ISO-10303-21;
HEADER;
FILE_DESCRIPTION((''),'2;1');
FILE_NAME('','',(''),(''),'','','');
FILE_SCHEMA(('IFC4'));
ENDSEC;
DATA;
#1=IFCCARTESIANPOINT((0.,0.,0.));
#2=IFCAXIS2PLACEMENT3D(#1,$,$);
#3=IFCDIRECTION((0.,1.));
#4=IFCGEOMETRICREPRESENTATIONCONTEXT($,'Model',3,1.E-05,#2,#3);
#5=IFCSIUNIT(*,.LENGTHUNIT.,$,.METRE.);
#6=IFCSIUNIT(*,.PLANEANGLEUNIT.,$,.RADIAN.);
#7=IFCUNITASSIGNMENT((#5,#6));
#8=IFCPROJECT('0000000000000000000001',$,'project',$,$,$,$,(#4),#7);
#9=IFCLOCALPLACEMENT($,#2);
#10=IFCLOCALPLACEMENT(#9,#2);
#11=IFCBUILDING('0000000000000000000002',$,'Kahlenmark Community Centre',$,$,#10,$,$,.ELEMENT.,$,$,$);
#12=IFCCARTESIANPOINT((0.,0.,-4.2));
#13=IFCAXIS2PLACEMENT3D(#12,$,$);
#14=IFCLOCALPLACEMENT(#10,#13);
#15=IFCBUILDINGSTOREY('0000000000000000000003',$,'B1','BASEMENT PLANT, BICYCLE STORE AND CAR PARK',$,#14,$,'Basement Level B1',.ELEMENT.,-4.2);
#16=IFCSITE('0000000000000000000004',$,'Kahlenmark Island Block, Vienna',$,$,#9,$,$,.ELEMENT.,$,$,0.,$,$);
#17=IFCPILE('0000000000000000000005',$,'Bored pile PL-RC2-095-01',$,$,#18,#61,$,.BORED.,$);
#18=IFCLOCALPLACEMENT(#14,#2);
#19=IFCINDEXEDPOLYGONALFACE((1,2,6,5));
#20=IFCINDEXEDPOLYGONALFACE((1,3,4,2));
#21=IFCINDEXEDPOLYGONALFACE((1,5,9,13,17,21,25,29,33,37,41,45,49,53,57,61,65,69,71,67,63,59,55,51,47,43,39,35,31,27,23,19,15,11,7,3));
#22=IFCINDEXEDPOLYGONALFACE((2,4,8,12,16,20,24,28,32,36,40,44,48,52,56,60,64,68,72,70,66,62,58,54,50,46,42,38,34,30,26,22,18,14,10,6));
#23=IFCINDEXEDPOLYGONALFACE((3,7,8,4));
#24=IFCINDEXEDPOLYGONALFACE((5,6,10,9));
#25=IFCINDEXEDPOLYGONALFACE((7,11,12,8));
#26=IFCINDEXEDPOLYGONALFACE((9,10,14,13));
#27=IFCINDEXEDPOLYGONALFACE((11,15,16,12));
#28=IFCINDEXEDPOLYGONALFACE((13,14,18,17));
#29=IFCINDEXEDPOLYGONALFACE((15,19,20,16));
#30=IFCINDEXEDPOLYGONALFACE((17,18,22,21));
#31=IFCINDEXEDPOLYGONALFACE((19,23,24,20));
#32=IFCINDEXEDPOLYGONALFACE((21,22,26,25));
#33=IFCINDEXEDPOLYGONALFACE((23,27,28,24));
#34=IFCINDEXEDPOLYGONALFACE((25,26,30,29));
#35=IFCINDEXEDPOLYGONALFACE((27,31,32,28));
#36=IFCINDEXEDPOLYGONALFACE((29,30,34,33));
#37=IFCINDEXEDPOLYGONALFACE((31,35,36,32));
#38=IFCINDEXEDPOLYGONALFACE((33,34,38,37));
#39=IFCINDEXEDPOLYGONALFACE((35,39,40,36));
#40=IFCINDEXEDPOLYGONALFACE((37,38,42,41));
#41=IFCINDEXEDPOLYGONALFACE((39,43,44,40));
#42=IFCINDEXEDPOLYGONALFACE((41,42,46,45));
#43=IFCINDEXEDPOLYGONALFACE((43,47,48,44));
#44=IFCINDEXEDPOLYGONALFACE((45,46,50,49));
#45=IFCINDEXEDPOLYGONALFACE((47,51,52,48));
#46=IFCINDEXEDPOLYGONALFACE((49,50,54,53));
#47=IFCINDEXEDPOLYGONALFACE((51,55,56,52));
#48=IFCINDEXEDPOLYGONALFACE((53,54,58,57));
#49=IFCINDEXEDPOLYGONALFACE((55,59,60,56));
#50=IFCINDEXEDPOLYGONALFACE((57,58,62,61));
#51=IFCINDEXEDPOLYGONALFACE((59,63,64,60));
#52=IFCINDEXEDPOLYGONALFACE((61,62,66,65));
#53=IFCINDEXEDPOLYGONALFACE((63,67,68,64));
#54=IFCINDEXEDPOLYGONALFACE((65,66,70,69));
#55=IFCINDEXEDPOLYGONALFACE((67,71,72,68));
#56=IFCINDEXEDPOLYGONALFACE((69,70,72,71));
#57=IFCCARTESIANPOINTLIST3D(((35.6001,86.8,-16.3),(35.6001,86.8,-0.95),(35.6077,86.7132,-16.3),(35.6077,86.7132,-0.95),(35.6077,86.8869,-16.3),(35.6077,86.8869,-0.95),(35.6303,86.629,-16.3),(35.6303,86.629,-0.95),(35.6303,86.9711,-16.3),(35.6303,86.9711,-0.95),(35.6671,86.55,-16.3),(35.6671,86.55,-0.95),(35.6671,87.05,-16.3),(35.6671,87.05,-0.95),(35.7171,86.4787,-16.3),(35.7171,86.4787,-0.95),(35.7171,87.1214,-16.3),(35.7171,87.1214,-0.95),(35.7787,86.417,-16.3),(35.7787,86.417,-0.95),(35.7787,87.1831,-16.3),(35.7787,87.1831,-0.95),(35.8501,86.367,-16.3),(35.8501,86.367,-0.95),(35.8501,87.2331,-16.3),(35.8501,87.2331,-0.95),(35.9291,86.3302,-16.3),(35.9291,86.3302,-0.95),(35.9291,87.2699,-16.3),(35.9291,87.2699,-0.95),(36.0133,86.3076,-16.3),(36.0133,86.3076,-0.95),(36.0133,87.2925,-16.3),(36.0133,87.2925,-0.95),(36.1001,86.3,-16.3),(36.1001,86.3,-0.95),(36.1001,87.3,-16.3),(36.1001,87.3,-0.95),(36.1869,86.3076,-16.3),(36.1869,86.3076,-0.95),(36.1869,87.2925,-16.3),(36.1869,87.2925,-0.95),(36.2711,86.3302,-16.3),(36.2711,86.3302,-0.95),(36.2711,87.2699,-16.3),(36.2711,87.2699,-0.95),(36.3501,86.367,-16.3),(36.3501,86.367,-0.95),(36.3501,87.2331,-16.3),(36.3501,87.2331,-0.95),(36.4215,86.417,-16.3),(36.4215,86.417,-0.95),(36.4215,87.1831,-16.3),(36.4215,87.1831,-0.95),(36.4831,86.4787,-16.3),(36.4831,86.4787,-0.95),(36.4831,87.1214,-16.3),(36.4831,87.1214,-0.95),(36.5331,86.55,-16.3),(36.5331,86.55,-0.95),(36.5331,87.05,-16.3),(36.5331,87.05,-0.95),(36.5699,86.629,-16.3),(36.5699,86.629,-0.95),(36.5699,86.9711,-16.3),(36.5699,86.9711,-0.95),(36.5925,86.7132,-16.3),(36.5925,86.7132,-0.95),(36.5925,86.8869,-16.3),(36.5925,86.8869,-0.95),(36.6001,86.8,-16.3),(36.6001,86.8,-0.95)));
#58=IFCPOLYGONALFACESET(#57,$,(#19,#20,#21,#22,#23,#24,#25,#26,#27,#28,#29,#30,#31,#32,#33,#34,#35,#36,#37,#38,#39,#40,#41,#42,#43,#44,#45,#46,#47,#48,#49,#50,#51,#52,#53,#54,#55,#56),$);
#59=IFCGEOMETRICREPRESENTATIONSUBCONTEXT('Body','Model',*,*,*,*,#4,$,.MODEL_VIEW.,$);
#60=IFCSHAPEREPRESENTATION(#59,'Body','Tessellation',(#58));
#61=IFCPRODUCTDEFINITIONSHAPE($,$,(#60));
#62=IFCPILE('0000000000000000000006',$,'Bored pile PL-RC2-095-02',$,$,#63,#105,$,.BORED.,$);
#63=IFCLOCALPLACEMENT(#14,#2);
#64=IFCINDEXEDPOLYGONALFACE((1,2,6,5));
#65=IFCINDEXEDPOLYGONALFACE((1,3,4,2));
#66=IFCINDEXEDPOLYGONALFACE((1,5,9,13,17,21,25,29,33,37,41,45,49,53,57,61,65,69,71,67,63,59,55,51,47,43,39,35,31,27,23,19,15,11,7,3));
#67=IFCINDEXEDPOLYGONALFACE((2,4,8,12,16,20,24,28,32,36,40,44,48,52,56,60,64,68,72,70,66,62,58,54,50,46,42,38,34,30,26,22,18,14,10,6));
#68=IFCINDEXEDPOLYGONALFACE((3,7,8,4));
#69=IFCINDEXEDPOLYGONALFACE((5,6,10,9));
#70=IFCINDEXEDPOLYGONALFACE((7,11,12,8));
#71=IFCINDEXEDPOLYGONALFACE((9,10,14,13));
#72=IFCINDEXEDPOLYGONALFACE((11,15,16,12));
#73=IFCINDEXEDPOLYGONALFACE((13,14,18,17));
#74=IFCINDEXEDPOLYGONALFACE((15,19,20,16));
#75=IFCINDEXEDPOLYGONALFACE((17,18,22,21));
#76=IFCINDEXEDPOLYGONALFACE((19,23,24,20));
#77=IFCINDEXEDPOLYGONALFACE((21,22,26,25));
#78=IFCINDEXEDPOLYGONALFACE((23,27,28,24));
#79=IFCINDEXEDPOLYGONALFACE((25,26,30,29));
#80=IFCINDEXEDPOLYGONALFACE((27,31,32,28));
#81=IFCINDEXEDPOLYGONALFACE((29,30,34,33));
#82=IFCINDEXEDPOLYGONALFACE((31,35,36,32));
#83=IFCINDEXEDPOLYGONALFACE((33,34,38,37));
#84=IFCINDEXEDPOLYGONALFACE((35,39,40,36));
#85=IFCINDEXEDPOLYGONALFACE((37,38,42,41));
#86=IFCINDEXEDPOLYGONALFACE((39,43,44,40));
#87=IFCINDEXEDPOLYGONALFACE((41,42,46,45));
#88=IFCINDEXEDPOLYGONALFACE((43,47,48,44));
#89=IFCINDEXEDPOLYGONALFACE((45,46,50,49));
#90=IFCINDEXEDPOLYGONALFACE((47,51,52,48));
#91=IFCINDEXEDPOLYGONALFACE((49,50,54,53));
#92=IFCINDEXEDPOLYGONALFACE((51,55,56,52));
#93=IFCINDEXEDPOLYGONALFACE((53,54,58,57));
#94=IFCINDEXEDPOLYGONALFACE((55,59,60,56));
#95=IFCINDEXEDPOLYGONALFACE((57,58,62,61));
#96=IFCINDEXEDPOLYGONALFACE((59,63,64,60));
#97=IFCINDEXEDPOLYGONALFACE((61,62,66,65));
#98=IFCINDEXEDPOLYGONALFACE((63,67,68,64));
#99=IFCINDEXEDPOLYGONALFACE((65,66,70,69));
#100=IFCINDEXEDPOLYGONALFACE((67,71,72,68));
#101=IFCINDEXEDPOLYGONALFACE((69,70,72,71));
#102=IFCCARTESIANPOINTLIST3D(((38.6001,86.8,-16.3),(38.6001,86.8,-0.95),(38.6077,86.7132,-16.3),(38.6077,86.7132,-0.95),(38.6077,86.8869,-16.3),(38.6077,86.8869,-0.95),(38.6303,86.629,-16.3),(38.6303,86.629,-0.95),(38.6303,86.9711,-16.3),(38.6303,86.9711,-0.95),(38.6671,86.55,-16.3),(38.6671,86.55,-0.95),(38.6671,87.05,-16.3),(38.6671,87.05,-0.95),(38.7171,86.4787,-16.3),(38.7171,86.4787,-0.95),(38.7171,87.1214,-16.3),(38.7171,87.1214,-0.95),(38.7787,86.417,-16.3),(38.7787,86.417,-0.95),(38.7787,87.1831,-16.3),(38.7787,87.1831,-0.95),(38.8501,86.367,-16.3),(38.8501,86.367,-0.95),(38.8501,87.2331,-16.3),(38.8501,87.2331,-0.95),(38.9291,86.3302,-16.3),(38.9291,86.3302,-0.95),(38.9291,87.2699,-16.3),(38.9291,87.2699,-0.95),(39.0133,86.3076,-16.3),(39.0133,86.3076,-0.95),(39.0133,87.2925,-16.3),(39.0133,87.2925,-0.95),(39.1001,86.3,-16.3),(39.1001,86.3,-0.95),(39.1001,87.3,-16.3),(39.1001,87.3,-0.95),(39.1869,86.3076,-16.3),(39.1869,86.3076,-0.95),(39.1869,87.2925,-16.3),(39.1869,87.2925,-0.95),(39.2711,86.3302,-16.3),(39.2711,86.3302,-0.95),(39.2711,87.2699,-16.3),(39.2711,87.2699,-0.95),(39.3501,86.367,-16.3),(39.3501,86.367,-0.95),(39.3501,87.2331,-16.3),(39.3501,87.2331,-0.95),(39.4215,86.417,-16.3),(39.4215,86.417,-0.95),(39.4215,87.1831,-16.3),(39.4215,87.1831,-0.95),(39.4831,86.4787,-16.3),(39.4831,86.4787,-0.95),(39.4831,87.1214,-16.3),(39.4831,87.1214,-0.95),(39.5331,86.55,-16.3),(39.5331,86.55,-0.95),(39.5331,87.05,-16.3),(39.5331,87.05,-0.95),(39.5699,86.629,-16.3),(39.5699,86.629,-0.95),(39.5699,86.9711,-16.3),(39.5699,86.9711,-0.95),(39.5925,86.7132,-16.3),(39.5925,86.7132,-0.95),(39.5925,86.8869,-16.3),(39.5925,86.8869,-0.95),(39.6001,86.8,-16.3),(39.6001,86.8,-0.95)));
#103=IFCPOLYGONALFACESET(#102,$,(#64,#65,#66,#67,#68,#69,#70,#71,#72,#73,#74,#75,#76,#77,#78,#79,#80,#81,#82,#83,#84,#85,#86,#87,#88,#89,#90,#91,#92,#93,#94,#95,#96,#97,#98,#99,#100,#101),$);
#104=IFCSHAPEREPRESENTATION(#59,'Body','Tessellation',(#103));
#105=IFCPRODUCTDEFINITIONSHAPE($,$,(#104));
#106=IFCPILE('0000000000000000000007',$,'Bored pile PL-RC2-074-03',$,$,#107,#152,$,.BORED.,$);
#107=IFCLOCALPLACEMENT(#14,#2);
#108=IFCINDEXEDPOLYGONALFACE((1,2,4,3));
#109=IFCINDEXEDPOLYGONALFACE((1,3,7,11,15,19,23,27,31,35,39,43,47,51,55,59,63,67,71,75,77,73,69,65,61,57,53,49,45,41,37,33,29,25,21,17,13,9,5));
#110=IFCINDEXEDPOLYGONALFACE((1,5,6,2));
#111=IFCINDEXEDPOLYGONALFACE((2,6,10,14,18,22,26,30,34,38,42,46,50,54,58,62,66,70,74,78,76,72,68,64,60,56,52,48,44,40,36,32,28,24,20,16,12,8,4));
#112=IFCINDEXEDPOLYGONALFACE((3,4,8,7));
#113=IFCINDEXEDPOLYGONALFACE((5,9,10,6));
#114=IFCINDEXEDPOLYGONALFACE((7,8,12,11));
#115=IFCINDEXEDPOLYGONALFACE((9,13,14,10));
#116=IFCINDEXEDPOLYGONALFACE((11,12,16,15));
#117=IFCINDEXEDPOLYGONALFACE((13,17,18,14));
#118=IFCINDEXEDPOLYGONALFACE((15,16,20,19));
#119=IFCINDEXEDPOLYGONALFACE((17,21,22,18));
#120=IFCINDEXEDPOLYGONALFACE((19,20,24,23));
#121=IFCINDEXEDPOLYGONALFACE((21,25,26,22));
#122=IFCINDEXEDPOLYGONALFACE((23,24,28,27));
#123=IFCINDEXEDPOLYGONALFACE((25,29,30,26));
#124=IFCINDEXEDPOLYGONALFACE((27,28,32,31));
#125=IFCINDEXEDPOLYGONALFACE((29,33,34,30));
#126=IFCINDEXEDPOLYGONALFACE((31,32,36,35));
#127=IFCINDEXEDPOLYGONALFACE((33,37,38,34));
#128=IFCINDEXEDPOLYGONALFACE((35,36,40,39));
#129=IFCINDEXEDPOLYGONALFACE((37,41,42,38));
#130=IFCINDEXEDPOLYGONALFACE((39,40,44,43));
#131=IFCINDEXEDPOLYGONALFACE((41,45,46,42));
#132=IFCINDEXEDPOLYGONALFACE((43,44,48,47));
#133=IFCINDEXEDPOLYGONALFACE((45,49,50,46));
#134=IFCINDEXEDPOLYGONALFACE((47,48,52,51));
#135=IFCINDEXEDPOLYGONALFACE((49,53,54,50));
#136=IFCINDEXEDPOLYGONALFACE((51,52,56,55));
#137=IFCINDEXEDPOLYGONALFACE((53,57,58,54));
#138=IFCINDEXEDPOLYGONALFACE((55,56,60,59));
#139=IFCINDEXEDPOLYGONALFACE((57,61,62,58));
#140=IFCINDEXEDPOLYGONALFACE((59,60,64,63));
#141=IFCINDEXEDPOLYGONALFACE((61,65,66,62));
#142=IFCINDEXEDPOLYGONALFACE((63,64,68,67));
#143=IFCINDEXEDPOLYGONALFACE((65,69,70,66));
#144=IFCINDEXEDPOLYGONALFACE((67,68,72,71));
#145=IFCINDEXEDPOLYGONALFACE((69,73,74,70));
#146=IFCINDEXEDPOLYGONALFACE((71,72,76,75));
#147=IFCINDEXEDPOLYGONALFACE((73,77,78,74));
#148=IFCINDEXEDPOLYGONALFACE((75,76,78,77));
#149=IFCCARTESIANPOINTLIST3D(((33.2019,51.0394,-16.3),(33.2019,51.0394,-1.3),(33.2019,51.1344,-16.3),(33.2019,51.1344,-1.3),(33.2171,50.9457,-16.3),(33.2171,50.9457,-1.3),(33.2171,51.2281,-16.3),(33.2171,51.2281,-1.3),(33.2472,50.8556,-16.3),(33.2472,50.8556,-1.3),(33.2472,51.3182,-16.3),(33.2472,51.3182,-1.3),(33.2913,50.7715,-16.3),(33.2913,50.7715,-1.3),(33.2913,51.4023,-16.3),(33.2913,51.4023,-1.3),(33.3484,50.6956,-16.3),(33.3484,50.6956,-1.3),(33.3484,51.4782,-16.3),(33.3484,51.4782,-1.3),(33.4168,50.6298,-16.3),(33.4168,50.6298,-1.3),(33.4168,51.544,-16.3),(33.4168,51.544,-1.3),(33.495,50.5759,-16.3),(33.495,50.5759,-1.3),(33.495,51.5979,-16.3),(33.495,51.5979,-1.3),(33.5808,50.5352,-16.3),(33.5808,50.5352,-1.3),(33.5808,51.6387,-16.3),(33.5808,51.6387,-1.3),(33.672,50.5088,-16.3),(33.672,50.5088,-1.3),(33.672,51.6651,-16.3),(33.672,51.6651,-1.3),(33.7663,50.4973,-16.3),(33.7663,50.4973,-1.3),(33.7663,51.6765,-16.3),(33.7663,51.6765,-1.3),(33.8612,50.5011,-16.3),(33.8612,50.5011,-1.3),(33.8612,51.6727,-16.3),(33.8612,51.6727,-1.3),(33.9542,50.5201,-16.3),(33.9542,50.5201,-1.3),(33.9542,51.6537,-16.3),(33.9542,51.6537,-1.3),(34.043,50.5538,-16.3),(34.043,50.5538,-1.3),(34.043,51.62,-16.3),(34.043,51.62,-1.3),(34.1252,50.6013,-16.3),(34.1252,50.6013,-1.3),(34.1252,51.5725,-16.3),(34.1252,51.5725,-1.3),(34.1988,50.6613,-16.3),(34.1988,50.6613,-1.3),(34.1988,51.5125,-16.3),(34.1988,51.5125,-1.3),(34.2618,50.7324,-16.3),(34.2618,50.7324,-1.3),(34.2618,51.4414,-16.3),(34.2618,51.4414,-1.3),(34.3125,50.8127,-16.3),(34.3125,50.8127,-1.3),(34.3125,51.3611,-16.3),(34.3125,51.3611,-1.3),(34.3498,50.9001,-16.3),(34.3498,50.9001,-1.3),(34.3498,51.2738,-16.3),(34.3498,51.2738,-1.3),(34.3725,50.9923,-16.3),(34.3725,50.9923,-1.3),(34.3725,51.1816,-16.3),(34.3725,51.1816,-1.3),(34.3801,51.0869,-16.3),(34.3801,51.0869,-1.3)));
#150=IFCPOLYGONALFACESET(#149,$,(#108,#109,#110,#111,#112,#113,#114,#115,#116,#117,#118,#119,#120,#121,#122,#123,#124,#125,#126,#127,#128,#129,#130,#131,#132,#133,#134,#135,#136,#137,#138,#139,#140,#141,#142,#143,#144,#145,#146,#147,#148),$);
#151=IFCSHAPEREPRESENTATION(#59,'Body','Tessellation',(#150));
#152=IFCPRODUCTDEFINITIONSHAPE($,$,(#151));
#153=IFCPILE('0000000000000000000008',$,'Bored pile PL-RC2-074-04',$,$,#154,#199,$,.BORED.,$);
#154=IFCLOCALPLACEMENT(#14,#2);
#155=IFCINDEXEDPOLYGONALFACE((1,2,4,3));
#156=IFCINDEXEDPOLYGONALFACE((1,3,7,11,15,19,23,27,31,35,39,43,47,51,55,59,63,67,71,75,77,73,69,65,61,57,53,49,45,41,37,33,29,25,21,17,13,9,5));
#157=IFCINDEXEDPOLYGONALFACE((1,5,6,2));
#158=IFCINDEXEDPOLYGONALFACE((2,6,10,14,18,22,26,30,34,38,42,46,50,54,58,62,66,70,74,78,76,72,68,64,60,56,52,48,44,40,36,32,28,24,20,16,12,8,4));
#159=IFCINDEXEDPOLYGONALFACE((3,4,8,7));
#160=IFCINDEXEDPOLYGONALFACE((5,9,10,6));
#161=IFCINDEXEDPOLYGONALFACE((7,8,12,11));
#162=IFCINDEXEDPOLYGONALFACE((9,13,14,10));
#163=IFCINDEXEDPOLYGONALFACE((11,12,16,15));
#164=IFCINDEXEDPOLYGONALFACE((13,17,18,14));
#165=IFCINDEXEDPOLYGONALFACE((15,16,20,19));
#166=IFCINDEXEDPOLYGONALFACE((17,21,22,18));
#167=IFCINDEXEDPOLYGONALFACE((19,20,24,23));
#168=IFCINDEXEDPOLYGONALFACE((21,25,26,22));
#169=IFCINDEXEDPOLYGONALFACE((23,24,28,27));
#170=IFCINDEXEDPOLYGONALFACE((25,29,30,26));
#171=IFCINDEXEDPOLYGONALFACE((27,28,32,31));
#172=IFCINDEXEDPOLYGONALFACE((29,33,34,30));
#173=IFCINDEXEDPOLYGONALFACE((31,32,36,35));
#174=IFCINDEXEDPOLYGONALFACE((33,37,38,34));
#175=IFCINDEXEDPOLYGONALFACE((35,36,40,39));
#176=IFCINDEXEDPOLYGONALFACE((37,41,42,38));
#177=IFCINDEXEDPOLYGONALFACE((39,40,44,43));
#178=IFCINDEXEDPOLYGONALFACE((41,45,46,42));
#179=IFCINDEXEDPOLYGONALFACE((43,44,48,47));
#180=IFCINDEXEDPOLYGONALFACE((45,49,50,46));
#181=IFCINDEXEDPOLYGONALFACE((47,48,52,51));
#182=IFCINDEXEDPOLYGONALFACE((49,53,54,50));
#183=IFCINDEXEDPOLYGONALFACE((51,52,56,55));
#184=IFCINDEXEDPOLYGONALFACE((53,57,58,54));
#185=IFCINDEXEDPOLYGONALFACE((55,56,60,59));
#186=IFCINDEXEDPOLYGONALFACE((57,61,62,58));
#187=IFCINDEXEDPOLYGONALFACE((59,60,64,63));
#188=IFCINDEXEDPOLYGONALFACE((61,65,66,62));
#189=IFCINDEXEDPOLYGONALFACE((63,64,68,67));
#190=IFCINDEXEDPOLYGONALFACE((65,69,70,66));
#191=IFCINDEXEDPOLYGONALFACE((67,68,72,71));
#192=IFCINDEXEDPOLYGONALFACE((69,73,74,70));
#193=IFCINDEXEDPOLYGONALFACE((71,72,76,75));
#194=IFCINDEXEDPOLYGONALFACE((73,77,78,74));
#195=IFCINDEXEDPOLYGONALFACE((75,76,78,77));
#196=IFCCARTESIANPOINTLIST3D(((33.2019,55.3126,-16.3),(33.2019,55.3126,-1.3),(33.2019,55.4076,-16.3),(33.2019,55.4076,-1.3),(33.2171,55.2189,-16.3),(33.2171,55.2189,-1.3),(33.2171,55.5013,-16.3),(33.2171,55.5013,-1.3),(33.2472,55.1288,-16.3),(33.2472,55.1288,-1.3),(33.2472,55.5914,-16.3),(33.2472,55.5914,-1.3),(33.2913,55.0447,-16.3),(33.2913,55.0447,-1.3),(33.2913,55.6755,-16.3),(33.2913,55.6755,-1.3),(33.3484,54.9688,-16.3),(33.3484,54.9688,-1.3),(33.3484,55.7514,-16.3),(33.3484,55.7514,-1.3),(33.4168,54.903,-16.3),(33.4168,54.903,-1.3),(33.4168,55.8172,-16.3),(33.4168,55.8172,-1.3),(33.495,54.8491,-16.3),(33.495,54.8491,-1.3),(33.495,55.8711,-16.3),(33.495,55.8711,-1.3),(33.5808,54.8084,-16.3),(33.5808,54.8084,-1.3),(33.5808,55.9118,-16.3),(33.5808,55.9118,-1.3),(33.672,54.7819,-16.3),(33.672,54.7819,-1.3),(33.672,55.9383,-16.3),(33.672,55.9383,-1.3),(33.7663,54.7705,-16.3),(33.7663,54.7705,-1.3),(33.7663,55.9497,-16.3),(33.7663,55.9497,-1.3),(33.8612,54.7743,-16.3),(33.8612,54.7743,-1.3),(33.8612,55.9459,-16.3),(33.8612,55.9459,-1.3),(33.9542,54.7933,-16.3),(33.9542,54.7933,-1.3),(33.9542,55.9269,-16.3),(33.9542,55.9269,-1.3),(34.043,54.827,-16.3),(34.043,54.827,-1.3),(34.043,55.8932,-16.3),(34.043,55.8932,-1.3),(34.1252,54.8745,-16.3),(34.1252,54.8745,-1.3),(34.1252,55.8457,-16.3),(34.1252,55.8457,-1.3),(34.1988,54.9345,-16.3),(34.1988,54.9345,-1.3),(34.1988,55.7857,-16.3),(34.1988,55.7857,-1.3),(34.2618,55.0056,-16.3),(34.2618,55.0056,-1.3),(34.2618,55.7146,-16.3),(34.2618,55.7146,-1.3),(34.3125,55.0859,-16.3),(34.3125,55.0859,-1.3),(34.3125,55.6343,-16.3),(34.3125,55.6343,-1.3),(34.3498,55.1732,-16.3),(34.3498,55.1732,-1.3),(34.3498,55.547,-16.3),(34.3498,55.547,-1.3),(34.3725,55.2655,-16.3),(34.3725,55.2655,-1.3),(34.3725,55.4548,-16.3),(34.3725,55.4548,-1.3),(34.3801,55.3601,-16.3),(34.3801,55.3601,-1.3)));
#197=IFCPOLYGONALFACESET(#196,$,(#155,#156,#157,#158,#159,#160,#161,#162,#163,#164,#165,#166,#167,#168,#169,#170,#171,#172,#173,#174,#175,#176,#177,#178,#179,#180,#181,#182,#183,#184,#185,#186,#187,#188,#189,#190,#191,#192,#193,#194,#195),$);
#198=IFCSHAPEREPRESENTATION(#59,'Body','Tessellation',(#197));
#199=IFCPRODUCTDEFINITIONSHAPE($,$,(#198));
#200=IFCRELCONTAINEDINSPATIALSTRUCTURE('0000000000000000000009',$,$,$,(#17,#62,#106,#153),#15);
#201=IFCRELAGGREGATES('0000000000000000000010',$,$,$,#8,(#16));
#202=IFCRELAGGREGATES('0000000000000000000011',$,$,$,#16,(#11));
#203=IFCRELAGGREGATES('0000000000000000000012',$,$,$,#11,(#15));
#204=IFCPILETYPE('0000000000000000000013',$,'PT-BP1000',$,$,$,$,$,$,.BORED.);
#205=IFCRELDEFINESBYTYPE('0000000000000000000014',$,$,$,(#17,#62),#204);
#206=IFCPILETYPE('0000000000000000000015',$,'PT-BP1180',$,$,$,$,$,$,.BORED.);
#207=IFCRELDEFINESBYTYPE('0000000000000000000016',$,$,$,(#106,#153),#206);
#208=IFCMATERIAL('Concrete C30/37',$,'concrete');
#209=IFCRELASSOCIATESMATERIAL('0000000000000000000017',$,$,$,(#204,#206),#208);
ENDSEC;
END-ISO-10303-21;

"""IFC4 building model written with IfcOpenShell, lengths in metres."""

from ifc_helpers import new_model, si_unit, direction, frame, origin, origin_2d, place, context, subcontext, project, spatial, circle, extrude, material, material_profile, profile_set, type_object, element, save


model = new_model("IFC4")

# Units and contexts
model_context = context("Model", 3, precision=1e-05, world=origin(), true_north=direction((0.0, 1.0)))
body_context = subcontext(model_context, "Body", "Model", "MODEL_VIEW")
ifc_project = project(units=[si_unit("LENGTHUNIT", "METRE"), si_unit("PLANEANGLEUNIT", "RADIAN")], contexts=[model_context])

# Site, building, storey
site_placement = place(None, origin())
site = spatial("IfcSite", under=ifc_project, at=site_placement, Name="Kahlenmark Island Block, Vienna", CompositionType="ELEMENT", RefElevation=0.0)
building_placement = place(site_placement, origin())
building = spatial("IfcBuilding", under=site, at=building_placement, Name="Kahlenmark Community Centre", CompositionType="ELEMENT")
storey_placement = place(building_placement, frame((0.0, 0.0, -4.2)))
storey = spatial("IfcBuildingStorey", under=building, at=storey_placement, Name="B1", Description="BASEMENT PLANT, BICYCLE STORE AND CAR PARK", LongName="Basement Level B1", CompositionType="ELEMENT", Elevation=-4.2)

# Shared definitions
ifc_material_1 = material(Name="Concrete C30/37", Category="concrete")

# Piles
ifc_material_profile_1 = material_profile(ifc_material_1, circle(Radius=0.5, at=origin_2d()), Name="BORED PILE 1000")
ifc_profile_set_1 = profile_set([ifc_material_profile_1], Name="Concrete C30/37")
pile_type_1 = type_object("IfcPileType", Name="PT-BP1000", PredefinedType="BORED", material=ifc_profile_set_1)
for number, where, z_axis, x_axis, name in (
    (1, (36.1001, 86.8, -0.95), (0.0, 0.0, -1.0), (1.0, 0.0, 0.0), "Bored pile PL-RC2-095-01"),
    (2, (39.1001, 86.8, -0.95), (0.0, 0.0, -1.0), (1.0, 0.0, 0.0), "Bored pile PL-RC2-095-02"),
):
    element("IfcPile", number, at=place(storey_placement, frame(where, z_axis=z_axis, x_axis=x_axis)), inside=storey, type_object=pile_type_1, Name=name, PredefinedType="BORED", context=body_context, shape_type="SweptSolid", body=[
        extrude(circle(Radius=0.5, at=origin_2d()), origin(), (0.0, 0.0, 1.0), 15.3501),
    ])
ifc_material_profile_2 = material_profile(ifc_material_1, circle(Radius=0.5901, at=origin_2d()), Name="BORED PILE 1180")
ifc_profile_set_2 = profile_set([ifc_material_profile_2], Name="Concrete C30/37")
pile_type_2 = type_object("IfcPileType", Name="PT-BP1180", PredefinedType="BORED", material=ifc_profile_set_2)
for number, where, z_axis, x_axis, name in (
    (3, (33.79, 51.0869, -1.3), (0.0, 0.0, -1.0), (1.0, 0.0, 0.0), "Bored pile PL-RC2-074-03"),
    (4, (33.79, 55.3601, -1.3), (0.0, 0.0, -1.0), (1.0, 0.0, 0.0), "Bored pile PL-RC2-074-04"),
):
    element("IfcPile", number, at=place(storey_placement, frame(where, z_axis=z_axis, x_axis=x_axis)), inside=storey, type_object=pile_type_2, Name=name, PredefinedType="BORED", context=body_context, shape_type="SweptSolid", body=[
        extrude(circle(Radius=0.5901, at=origin_2d()), origin(), (0.0, 0.0, 1.0), 15.0),
    ])

save(model, "model.ifc")
